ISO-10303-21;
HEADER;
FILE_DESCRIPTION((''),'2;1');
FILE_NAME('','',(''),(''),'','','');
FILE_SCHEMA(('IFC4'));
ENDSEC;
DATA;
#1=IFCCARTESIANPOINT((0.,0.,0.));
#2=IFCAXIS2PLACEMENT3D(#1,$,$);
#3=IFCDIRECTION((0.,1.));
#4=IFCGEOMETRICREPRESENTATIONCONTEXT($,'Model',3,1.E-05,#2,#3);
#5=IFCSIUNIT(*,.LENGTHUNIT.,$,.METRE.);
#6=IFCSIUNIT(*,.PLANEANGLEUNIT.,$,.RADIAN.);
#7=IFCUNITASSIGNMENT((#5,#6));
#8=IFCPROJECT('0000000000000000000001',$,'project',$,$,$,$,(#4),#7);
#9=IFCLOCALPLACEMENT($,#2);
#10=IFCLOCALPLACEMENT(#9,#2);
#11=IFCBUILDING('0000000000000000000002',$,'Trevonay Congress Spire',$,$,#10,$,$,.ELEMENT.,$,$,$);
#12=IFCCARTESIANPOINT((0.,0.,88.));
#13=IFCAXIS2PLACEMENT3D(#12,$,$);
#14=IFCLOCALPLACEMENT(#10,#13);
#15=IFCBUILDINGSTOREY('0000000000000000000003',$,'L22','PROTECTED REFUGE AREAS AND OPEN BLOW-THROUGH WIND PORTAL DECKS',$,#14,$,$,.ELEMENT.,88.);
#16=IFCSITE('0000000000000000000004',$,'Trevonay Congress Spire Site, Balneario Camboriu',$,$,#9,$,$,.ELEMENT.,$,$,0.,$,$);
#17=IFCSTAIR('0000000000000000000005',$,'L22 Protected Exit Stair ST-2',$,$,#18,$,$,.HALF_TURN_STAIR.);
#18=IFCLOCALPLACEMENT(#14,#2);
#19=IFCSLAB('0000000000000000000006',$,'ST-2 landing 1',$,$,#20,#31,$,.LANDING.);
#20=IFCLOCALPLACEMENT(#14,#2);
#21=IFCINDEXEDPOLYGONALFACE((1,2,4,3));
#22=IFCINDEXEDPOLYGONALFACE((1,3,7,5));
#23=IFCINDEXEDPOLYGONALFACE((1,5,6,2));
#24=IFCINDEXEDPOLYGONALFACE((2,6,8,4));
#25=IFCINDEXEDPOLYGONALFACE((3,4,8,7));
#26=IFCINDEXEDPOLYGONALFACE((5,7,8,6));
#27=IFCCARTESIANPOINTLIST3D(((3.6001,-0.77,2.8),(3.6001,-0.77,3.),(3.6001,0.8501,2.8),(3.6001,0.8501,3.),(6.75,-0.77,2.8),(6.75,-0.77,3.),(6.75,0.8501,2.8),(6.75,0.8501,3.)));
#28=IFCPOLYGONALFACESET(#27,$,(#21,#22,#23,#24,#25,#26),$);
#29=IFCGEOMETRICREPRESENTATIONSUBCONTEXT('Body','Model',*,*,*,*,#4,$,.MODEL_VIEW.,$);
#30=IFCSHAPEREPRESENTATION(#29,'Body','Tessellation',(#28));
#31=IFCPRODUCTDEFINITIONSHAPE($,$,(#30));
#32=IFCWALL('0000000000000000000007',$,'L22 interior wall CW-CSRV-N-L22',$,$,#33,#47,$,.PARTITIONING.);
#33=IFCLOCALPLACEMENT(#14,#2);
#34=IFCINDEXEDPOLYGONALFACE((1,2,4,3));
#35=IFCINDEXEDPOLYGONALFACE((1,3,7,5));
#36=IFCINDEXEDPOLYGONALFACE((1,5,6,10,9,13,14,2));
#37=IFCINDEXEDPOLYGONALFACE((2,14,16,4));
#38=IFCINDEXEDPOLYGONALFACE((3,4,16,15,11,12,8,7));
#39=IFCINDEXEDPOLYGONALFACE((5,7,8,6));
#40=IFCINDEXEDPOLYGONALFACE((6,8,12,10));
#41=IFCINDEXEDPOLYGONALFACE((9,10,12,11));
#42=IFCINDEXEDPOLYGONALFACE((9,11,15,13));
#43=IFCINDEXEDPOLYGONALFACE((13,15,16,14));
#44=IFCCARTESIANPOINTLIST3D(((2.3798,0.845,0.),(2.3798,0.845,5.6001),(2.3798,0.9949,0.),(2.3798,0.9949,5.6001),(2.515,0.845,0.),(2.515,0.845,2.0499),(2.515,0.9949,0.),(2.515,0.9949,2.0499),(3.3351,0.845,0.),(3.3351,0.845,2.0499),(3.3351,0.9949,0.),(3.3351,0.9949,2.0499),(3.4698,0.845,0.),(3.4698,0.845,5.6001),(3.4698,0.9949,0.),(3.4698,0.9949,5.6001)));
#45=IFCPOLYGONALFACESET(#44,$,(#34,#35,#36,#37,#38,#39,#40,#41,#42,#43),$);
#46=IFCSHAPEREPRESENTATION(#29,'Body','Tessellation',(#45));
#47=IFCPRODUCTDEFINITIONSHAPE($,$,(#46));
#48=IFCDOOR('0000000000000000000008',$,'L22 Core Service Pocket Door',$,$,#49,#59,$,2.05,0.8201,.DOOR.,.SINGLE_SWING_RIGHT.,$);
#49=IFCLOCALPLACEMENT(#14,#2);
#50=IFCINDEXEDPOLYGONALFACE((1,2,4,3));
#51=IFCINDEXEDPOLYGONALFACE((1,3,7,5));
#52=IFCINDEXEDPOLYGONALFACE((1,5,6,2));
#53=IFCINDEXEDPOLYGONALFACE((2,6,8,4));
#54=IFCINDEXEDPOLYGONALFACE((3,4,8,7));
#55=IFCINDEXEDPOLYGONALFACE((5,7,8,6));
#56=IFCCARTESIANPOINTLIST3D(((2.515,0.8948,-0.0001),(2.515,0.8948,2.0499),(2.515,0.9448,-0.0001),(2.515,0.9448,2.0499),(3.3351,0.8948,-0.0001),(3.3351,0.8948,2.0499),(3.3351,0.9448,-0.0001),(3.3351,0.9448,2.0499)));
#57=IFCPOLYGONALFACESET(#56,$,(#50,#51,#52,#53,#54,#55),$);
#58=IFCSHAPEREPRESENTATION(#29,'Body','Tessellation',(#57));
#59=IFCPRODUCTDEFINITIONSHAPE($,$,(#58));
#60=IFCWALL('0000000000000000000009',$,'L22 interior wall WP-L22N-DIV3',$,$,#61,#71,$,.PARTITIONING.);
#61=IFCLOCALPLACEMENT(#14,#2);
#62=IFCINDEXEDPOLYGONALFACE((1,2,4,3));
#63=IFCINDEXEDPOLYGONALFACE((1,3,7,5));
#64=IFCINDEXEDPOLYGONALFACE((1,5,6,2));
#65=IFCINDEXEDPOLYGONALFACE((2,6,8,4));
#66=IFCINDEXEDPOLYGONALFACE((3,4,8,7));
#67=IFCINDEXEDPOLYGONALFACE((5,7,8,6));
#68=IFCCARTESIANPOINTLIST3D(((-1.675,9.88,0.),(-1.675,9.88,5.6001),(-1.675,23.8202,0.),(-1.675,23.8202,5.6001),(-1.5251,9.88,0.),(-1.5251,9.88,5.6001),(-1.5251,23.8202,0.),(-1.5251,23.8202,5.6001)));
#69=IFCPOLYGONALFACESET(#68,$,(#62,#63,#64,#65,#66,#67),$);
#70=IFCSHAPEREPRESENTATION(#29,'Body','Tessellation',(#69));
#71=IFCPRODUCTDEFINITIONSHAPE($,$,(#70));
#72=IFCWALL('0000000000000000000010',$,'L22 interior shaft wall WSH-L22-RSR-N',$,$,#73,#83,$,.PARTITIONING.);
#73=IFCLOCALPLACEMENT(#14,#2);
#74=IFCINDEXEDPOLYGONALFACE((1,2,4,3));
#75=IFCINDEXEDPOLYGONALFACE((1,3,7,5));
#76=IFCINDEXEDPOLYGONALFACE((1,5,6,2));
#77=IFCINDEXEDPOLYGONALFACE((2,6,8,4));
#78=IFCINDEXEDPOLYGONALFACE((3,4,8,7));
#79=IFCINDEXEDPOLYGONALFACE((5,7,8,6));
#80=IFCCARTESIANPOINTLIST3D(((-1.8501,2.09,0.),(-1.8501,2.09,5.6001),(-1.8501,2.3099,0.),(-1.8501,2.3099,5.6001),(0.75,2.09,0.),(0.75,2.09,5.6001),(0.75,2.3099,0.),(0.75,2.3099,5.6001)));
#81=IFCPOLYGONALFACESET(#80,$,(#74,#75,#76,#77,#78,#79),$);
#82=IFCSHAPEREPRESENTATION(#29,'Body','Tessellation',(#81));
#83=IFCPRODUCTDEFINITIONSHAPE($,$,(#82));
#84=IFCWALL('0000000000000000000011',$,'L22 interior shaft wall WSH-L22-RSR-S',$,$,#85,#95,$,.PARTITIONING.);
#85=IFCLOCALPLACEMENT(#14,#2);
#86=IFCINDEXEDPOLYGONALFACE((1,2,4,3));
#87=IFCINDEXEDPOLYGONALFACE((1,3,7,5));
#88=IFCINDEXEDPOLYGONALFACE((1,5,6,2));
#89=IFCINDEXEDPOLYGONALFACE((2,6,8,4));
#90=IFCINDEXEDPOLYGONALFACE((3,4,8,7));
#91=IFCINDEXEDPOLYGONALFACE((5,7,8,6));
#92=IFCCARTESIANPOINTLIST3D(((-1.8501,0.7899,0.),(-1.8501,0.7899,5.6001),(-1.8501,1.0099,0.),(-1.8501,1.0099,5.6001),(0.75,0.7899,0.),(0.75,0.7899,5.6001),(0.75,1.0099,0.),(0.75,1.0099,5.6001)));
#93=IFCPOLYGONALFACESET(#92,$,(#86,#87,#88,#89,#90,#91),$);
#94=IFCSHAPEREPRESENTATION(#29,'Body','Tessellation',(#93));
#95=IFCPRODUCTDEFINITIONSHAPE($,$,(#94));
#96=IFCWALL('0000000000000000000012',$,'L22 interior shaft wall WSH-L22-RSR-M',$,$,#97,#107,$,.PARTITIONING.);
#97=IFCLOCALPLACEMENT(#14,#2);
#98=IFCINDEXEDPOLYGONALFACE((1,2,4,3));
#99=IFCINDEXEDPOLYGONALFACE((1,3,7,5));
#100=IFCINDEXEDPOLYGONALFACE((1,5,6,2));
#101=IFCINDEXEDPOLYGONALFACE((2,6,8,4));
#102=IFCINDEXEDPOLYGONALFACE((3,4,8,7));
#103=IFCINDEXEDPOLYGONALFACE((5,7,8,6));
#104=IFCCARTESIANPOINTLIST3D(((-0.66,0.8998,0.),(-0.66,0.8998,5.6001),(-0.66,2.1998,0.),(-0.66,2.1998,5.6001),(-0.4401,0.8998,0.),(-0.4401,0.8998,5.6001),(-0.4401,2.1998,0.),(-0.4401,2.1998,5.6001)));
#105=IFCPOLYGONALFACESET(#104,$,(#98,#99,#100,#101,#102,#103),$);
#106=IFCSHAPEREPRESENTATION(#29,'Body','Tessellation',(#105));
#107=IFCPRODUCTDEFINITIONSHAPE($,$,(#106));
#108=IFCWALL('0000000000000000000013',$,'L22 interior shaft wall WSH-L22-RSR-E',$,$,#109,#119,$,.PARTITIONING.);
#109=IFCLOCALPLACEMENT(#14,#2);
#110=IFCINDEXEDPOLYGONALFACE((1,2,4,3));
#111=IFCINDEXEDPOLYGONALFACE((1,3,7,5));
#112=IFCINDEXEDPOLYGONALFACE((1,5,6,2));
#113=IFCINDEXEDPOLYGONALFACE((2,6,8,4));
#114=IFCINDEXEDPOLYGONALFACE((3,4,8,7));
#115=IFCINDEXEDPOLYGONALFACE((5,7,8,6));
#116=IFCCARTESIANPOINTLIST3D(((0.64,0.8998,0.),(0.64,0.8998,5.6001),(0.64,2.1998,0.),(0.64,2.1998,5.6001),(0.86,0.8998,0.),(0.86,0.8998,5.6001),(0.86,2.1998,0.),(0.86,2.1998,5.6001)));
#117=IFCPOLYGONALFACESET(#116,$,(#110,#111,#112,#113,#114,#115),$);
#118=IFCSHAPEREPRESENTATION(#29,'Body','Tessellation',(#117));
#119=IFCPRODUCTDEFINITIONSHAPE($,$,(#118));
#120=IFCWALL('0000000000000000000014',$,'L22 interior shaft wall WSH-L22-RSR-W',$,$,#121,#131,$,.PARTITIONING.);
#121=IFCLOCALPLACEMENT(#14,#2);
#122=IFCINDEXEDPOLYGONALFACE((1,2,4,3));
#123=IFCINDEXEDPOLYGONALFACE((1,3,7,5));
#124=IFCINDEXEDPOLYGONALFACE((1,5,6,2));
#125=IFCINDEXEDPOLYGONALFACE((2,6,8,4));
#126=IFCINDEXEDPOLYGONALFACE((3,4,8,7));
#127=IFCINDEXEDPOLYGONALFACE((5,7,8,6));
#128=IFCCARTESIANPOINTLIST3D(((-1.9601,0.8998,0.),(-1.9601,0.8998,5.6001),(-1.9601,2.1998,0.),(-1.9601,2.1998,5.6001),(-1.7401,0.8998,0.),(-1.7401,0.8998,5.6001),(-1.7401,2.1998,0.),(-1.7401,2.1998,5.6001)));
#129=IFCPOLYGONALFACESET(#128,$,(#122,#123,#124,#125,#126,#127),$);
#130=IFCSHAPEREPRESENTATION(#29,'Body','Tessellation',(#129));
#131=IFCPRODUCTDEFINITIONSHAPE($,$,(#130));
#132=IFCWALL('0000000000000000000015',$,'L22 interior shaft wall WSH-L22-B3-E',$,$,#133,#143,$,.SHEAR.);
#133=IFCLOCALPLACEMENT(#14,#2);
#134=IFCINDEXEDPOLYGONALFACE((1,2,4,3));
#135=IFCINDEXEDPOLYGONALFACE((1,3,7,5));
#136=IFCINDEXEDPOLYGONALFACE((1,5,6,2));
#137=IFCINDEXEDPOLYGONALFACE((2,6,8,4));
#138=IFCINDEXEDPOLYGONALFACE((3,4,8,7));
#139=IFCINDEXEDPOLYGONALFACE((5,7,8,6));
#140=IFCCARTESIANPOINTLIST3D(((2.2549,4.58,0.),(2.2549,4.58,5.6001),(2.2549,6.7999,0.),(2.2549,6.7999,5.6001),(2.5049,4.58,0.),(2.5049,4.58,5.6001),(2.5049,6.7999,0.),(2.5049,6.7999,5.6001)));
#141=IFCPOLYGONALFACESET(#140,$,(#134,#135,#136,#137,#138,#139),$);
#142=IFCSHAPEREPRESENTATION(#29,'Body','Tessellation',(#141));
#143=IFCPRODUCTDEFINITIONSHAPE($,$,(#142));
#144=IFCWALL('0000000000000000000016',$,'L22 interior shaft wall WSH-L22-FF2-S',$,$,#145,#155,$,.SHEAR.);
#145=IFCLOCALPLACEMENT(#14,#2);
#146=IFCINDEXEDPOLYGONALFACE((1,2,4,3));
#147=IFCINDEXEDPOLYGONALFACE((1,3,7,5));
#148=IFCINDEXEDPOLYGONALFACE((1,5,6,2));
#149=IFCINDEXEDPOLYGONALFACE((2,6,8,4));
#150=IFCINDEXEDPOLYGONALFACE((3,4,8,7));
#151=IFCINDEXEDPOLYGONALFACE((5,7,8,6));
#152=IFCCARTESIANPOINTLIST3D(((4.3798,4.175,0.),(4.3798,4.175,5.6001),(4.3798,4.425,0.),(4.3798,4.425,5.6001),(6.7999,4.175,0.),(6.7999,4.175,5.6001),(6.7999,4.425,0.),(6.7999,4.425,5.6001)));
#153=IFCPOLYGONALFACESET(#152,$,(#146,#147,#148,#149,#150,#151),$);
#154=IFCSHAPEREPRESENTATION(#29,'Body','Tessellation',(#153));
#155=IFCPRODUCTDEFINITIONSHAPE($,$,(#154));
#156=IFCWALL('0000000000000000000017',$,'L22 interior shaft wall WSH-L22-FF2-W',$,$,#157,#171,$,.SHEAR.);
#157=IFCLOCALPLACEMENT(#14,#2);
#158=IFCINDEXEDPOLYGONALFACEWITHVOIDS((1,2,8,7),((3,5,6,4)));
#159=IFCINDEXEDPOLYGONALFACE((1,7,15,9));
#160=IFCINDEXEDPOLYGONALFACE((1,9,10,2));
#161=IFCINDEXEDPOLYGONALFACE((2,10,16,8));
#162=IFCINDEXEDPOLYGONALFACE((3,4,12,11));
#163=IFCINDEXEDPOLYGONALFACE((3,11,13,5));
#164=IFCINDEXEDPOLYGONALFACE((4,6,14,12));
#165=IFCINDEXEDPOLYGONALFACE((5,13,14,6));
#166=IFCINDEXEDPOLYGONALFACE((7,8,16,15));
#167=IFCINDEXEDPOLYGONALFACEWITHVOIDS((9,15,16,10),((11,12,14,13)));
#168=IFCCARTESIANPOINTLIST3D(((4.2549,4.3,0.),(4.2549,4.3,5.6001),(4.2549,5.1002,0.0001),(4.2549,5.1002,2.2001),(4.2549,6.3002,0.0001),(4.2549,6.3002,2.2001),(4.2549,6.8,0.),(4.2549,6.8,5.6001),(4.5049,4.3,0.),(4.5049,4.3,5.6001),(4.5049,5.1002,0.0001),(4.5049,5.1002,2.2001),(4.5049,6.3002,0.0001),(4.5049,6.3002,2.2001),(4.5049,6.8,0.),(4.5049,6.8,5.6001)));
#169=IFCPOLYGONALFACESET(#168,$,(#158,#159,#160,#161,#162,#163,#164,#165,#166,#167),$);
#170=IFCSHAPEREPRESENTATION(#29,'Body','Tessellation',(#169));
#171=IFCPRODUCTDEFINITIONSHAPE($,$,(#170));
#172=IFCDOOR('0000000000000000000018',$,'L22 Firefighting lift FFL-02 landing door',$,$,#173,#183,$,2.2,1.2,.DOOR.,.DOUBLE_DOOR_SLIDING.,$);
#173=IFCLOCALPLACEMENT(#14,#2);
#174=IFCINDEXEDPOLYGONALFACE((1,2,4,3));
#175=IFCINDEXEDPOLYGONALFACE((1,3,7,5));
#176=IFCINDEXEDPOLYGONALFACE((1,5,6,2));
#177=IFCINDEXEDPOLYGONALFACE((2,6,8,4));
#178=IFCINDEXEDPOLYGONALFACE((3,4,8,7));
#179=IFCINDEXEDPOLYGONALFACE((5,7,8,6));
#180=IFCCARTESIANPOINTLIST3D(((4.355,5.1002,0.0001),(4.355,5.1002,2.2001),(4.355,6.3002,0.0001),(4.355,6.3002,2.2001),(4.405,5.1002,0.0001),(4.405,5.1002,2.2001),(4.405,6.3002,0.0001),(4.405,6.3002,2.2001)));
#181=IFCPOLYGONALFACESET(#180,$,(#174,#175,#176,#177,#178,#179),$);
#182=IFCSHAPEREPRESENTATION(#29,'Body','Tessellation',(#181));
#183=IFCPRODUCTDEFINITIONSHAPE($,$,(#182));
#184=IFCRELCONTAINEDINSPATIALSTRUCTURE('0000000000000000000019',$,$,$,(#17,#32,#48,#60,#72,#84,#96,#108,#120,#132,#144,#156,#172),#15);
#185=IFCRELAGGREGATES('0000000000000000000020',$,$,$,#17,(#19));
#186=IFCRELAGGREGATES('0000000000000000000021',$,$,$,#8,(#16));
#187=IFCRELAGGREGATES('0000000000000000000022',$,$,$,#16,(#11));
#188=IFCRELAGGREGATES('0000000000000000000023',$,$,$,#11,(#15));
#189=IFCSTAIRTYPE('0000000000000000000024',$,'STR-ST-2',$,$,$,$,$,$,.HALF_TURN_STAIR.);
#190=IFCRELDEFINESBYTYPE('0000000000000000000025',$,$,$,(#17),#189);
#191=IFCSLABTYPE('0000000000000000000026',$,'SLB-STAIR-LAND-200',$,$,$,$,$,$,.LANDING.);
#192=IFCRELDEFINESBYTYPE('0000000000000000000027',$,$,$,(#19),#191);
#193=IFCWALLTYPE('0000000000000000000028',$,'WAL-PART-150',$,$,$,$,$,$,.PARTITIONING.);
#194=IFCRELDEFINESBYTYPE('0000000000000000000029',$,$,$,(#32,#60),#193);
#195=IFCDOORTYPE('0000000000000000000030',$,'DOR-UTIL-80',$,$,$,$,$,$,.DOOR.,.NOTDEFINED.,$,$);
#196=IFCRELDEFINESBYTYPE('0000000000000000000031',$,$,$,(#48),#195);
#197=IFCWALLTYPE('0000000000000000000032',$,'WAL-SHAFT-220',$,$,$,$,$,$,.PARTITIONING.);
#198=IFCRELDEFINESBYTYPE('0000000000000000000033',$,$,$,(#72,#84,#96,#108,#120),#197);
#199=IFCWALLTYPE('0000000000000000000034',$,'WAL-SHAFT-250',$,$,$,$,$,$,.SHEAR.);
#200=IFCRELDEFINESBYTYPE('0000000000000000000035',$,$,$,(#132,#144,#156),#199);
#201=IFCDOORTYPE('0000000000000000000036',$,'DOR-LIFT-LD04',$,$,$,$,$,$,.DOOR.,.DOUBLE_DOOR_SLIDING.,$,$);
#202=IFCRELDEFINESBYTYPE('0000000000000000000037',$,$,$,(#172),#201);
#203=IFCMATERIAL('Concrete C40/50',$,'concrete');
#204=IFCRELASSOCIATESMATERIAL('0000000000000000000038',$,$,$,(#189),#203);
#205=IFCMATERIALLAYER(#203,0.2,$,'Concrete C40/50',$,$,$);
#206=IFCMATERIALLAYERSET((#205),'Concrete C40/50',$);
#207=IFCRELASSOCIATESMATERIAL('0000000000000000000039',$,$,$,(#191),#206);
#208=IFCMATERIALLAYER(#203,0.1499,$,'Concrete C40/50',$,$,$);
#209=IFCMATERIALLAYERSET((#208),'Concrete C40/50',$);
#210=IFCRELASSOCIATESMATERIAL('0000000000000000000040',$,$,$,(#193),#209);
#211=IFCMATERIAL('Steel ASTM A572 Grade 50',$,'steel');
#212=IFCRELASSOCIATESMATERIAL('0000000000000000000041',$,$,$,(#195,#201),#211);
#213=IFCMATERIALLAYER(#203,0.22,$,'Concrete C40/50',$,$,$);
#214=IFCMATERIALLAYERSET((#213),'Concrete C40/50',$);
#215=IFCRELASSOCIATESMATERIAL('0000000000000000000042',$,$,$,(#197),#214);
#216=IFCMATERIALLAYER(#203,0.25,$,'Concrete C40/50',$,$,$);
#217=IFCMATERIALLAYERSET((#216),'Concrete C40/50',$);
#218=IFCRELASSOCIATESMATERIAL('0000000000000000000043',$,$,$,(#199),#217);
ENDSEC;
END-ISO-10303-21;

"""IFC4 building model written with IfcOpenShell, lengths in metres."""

from ifc_helpers import new_model, si_unit, direction, frame, frame_2d, origin, place, context, subcontext, project, spatial, polyline, rectangle, outline, extrude, material, layer, layer_set, type_object, element, fill, aggregate, save


model = new_model("IFC4")

# Units and contexts
model_context = context("Model", 3, precision=1e-05, world=origin(), true_north=direction((0.0, 1.0)))
body_context = subcontext(model_context, "Body", "Model", "MODEL_VIEW")
ifc_project = project(units=[si_unit("LENGTHUNIT", "METRE"), si_unit("PLANEANGLEUNIT", "RADIAN")], contexts=[model_context])

# Site, building, storey
site_placement = place(None, origin())
site = spatial("IfcSite", under=ifc_project, at=site_placement, Name="Trevonay Congress Spire Site, Balneario Camboriu", CompositionType="ELEMENT", RefElevation=0.0)
building_placement = place(site_placement, origin())
building = spatial("IfcBuilding", under=site, at=building_placement, Name="Trevonay Congress Spire", CompositionType="ELEMENT")
storey_placement = place(building_placement, frame((0.0, 0.0, 88.0)))
storey = spatial("IfcBuildingStorey", under=building, at=storey_placement, Name="L22", Description="PROTECTED REFUGE AREAS AND OPEN BLOW-THROUGH WIND PORTAL DECKS", CompositionType="ELEMENT", Elevation=88.0)

# Shared definitions
ifc_material_1 = material(Name="Steel ASTM A572 Grade 50", Category="steel")

# Stair, slab
ifc_material_2 = material(Name="Concrete C40/50", Category="concrete")
stair_type = type_object("IfcStairType", Name="STR-ST-2", PredefinedType="HALF_TURN_STAIR", material=ifc_material_2)
stair_placement = place(storey_placement, origin())
stair = element("IfcStair", 1, at=stair_placement, inside=storey, type_object=stair_type, Name="L22 Protected Exit Stair ST-2", PredefinedType="HALF_TURN_STAIR")
ifc_layer_1 = layer(ifc_material_2, 0.2, Name="Concrete C40/50")
ifc_layer_set_1 = layer_set([ifc_layer_1], Name="Concrete C40/50")
slab_type = type_object("IfcSlabType", Name="SLB-STAIR-LAND-200", PredefinedType="LANDING", material=ifc_layer_set_1)
slab_placement = place(storey_placement, frame((0.0, 0.0, 2.8)))
slab = element("IfcSlab", 2, at=slab_placement, type_object=slab_type, Name="ST-2 landing 1", PredefinedType="LANDING", context=body_context, shape_type="SweptSolid", body=[
    extrude(outline(polyline([(6.75, -0.77), (6.75, 0.8501), (3.6001, 0.8501), (3.6001, -0.77), (6.75, -0.77)])), origin(), (0.0, 0.0, 1.0), 0.2),
])
aggregate(stair, [slab])

# Wall, opening, door
ifc_layer_2 = layer(ifc_material_2, 0.1499, Name="Concrete C40/50")
ifc_layer_set_2 = layer_set([ifc_layer_2], Name="Concrete C40/50")
wall_type_1 = type_object("IfcWallType", Name="WAL-PART-150", PredefinedType="PARTITIONING", material=ifc_layer_set_2)
wall_1_placement = place(storey_placement, frame((2.3799, 0.9199, 0.0), z_axis=(0.0, 0.0, 1.0), x_axis=(1.0, 0.0, 0.0)))
wall_1 = element("IfcWall", 3, at=wall_1_placement, inside=storey, type_object=wall_type_1, Name="L22 interior wall CW-CSRV-N-L22", PredefinedType="PARTITIONING", context=body_context, shape_type="SweptSolid", body=[
    extrude(rectangle(XDim=1.0901, YDim=0.1499, at=frame_2d((0.5449, 0.0))), origin(), (0.0, 0.0, 1.0), 5.6001),
])
opening_1_placement = place(wall_1_placement, frame((0.135, 0.0, 0.0)))
opening_1 = element("IfcOpeningElement", 4, at=opening_1_placement, cuts=wall_1, PredefinedType="OPENING", context=body_context, shape_type="SweptSolid", body=[
    extrude(rectangle(XDim=0.8201, YDim=2.05, at=frame_2d((0.4102, 1.0249))), frame((0.0, 0.085, 0.0), z_axis=(0.0, -1.0, 0.0), x_axis=(1.0, 0.0, 0.0)), (0.0, 0.0, 1.0), 0.1699),
])
door_type_1 = type_object("IfcDoorType", Name="DOR-UTIL-80", OperationType="NOTDEFINED", PredefinedType="DOOR", material=ifc_material_1)
door_1_placement = place(opening_1_placement, origin())
door_1 = element("IfcDoor", 5, at=door_1_placement, inside=storey, type_object=door_type_1, Name="L22 Core Service Pocket Door", OperationType="SINGLE_SWING_RIGHT", OverallHeight=2.05, OverallWidth=0.8201, PredefinedType="DOOR", context=body_context, shape_type="SweptSolid", body=[
    extrude(rectangle(XDim=0.8201, YDim=2.05, at=frame_2d((0.4102, 1.0249))), frame((0.0, 0.0249, 0.0), z_axis=(0.0, -1.0, 0.0), x_axis=(1.0, 0.0, 0.0)), (0.0, 0.0, 1.0), 0.05),
])
fill(opening_1, door_1)

# Walls
wall_2_placement = place(storey_placement, frame((-1.6001, 9.8799, 0.0), z_axis=(0.0, 0.0, 1.0), x_axis=(0.0, 1.0, 0.0)))
element("IfcWall", 6, at=wall_2_placement, inside=storey, type_object=wall_type_1, Name="L22 interior wall WP-L22N-DIV3", PredefinedType="PARTITIONING", context=body_context, shape_type="SweptSolid", body=[
    extrude(rectangle(XDim=13.9402, YDim=0.1499, at=frame_2d((6.9702, 0.0))), origin(), (0.0, 0.0, 1.0), 5.6001),
])
ifc_layer_3 = layer(ifc_material_2, 0.22, Name="Concrete C40/50")
ifc_layer_set_3 = layer_set([ifc_layer_3], Name="Concrete C40/50")
wall_type_2 = type_object("IfcWallType", Name="WAL-SHAFT-220", PredefinedType="PARTITIONING", material=ifc_layer_set_3)
for number, where, z_axis, x_axis, name in (
    (7, (-1.8501, 2.2, 0.0), (0.0, 0.0, 1.0), (1.0, 0.0, 0.0), "L22 interior shaft wall WSH-L22-RSR-N"),
    (8, (-1.8501, 0.8999, 0.0), (0.0, 0.0, 1.0), (1.0, 0.0, 0.0), "L22 interior shaft wall WSH-L22-RSR-S"),
):
    element("IfcWall", number, at=place(storey_placement, frame(where, z_axis=z_axis, x_axis=x_axis)), inside=storey, type_object=wall_type_2, Name=name, PredefinedType="PARTITIONING", context=body_context, shape_type="SweptSolid", body=[
        extrude(rectangle(XDim=2.6001, YDim=0.22, at=frame_2d((1.3, 0.0))), origin(), (0.0, 0.0, 1.0), 5.6001),
    ])
for number, where, z_axis, x_axis, name in (
    (9, (-0.55, 0.8999, 0.0), (0.0, 0.0, 1.0), (0.0, 1.0, 0.0), "L22 interior shaft wall WSH-L22-RSR-M"),
    (10, (0.75, 0.8999, 0.0), (0.0, 0.0, 1.0), (0.0, 1.0, 0.0), "L22 interior shaft wall WSH-L22-RSR-E"),
    (11, (-1.8501, 0.8999, 0.0), (0.0, 0.0, 1.0), (0.0, 1.0, 0.0), "L22 interior shaft wall WSH-L22-RSR-W"),
):
    element("IfcWall", number, at=place(storey_placement, frame(where, z_axis=z_axis, x_axis=x_axis)), inside=storey, type_object=wall_type_2, Name=name, PredefinedType="PARTITIONING", context=body_context, shape_type="SweptSolid", body=[
        extrude(rectangle(XDim=1.3, YDim=0.22, at=frame_2d((0.6499, 0.0))), origin(), (0.0, 0.0, 1.0), 5.6001),
    ])
ifc_layer_4 = layer(ifc_material_2, 0.25, Name="Concrete C40/50")
ifc_layer_set_4 = layer_set([ifc_layer_4], Name="Concrete C40/50")
wall_type_3 = type_object("IfcWallType", Name="WAL-SHAFT-250", PredefinedType="SHEAR", material=ifc_layer_set_4)
wall_3_placement = place(storey_placement, frame((2.3799, 4.5801, 0.0), z_axis=(0.0, 0.0, 1.0), x_axis=(0.0, 1.0, 0.0)))
element("IfcWall", 12, at=wall_3_placement, inside=storey, type_object=wall_type_3, Name="L22 interior shaft wall WSH-L22-B3-E", PredefinedType="SHEAR", context=body_context, shape_type="SweptSolid", body=[
    extrude(rectangle(XDim=2.22, YDim=0.25, at=frame_2d((1.1099, 0.0))), origin(), (0.0, 0.0, 1.0), 5.6001),
])
wall_4_placement = place(storey_placement, frame((4.3799, 4.3, 0.0), z_axis=(0.0, 0.0, 1.0), x_axis=(1.0, 0.0, 0.0)))
element("IfcWall", 13, at=wall_4_placement, inside=storey, type_object=wall_type_3, Name="L22 interior shaft wall WSH-L22-FF2-S", PredefinedType="SHEAR", context=body_context, shape_type="SweptSolid", body=[
    extrude(rectangle(XDim=2.4202, YDim=0.25, at=frame_2d((1.21, 0.0))), origin(), (0.0, 0.0, 1.0), 5.6001),
])

# Wall, opening, door
wall_5_placement = place(storey_placement, frame((4.3799, 4.3, 0.0), z_axis=(0.0, 0.0, 1.0), x_axis=(0.0, 1.0, 0.0)))
wall_5 = element("IfcWall", 14, at=wall_5_placement, inside=storey, type_object=wall_type_3, Name="L22 interior shaft wall WSH-L22-FF2-W", PredefinedType="SHEAR", context=body_context, shape_type="SweptSolid", body=[
    extrude(rectangle(XDim=2.5, YDim=0.25, at=frame_2d((1.25, 0.0))), origin(), (0.0, 0.0, 1.0), 5.6001),
])
opening_2_placement = place(wall_5_placement, frame((0.8, 0.0, 0.0)))
opening_2 = element("IfcOpeningElement", 15, at=opening_2_placement, cuts=wall_5, PredefinedType="OPENING", context=body_context, shape_type="SweptSolid", body=[
    extrude(rectangle(XDim=1.2, YDim=2.2, at=frame_2d((0.6001, 1.1001))), frame((0.0, 0.135, 0.0), z_axis=(0.0, -1.0, 0.0), x_axis=(1.0, 0.0, 0.0)), (0.0, 0.0, 1.0), 0.27),
])
door_type_2 = type_object("IfcDoorType", Name="DOR-LIFT-LD04", OperationType="DOUBLE_DOOR_SLIDING", PredefinedType="DOOR", material=ifc_material_1)
door_2_placement = place(opening_2_placement, origin())
door_2 = element("IfcDoor", 16, at=door_2_placement, inside=storey, type_object=door_type_2, Name="L22 Firefighting lift FFL-02 landing door", OperationType="DOUBLE_DOOR_SLIDING", OverallHeight=2.2, OverallWidth=1.2, PredefinedType="DOOR", context=body_context, shape_type="SweptSolid", body=[
    extrude(rectangle(XDim=1.2, YDim=2.2, at=frame_2d((0.6001, 1.1001))), frame((0.0, 0.0249, 0.0), z_axis=(0.0, -1.0, 0.0), x_axis=(1.0, 0.0, 0.0)), (0.0, 0.0, 1.0), 0.05),
])
fill(opening_2, door_2)

save(model, "model.ifc")
